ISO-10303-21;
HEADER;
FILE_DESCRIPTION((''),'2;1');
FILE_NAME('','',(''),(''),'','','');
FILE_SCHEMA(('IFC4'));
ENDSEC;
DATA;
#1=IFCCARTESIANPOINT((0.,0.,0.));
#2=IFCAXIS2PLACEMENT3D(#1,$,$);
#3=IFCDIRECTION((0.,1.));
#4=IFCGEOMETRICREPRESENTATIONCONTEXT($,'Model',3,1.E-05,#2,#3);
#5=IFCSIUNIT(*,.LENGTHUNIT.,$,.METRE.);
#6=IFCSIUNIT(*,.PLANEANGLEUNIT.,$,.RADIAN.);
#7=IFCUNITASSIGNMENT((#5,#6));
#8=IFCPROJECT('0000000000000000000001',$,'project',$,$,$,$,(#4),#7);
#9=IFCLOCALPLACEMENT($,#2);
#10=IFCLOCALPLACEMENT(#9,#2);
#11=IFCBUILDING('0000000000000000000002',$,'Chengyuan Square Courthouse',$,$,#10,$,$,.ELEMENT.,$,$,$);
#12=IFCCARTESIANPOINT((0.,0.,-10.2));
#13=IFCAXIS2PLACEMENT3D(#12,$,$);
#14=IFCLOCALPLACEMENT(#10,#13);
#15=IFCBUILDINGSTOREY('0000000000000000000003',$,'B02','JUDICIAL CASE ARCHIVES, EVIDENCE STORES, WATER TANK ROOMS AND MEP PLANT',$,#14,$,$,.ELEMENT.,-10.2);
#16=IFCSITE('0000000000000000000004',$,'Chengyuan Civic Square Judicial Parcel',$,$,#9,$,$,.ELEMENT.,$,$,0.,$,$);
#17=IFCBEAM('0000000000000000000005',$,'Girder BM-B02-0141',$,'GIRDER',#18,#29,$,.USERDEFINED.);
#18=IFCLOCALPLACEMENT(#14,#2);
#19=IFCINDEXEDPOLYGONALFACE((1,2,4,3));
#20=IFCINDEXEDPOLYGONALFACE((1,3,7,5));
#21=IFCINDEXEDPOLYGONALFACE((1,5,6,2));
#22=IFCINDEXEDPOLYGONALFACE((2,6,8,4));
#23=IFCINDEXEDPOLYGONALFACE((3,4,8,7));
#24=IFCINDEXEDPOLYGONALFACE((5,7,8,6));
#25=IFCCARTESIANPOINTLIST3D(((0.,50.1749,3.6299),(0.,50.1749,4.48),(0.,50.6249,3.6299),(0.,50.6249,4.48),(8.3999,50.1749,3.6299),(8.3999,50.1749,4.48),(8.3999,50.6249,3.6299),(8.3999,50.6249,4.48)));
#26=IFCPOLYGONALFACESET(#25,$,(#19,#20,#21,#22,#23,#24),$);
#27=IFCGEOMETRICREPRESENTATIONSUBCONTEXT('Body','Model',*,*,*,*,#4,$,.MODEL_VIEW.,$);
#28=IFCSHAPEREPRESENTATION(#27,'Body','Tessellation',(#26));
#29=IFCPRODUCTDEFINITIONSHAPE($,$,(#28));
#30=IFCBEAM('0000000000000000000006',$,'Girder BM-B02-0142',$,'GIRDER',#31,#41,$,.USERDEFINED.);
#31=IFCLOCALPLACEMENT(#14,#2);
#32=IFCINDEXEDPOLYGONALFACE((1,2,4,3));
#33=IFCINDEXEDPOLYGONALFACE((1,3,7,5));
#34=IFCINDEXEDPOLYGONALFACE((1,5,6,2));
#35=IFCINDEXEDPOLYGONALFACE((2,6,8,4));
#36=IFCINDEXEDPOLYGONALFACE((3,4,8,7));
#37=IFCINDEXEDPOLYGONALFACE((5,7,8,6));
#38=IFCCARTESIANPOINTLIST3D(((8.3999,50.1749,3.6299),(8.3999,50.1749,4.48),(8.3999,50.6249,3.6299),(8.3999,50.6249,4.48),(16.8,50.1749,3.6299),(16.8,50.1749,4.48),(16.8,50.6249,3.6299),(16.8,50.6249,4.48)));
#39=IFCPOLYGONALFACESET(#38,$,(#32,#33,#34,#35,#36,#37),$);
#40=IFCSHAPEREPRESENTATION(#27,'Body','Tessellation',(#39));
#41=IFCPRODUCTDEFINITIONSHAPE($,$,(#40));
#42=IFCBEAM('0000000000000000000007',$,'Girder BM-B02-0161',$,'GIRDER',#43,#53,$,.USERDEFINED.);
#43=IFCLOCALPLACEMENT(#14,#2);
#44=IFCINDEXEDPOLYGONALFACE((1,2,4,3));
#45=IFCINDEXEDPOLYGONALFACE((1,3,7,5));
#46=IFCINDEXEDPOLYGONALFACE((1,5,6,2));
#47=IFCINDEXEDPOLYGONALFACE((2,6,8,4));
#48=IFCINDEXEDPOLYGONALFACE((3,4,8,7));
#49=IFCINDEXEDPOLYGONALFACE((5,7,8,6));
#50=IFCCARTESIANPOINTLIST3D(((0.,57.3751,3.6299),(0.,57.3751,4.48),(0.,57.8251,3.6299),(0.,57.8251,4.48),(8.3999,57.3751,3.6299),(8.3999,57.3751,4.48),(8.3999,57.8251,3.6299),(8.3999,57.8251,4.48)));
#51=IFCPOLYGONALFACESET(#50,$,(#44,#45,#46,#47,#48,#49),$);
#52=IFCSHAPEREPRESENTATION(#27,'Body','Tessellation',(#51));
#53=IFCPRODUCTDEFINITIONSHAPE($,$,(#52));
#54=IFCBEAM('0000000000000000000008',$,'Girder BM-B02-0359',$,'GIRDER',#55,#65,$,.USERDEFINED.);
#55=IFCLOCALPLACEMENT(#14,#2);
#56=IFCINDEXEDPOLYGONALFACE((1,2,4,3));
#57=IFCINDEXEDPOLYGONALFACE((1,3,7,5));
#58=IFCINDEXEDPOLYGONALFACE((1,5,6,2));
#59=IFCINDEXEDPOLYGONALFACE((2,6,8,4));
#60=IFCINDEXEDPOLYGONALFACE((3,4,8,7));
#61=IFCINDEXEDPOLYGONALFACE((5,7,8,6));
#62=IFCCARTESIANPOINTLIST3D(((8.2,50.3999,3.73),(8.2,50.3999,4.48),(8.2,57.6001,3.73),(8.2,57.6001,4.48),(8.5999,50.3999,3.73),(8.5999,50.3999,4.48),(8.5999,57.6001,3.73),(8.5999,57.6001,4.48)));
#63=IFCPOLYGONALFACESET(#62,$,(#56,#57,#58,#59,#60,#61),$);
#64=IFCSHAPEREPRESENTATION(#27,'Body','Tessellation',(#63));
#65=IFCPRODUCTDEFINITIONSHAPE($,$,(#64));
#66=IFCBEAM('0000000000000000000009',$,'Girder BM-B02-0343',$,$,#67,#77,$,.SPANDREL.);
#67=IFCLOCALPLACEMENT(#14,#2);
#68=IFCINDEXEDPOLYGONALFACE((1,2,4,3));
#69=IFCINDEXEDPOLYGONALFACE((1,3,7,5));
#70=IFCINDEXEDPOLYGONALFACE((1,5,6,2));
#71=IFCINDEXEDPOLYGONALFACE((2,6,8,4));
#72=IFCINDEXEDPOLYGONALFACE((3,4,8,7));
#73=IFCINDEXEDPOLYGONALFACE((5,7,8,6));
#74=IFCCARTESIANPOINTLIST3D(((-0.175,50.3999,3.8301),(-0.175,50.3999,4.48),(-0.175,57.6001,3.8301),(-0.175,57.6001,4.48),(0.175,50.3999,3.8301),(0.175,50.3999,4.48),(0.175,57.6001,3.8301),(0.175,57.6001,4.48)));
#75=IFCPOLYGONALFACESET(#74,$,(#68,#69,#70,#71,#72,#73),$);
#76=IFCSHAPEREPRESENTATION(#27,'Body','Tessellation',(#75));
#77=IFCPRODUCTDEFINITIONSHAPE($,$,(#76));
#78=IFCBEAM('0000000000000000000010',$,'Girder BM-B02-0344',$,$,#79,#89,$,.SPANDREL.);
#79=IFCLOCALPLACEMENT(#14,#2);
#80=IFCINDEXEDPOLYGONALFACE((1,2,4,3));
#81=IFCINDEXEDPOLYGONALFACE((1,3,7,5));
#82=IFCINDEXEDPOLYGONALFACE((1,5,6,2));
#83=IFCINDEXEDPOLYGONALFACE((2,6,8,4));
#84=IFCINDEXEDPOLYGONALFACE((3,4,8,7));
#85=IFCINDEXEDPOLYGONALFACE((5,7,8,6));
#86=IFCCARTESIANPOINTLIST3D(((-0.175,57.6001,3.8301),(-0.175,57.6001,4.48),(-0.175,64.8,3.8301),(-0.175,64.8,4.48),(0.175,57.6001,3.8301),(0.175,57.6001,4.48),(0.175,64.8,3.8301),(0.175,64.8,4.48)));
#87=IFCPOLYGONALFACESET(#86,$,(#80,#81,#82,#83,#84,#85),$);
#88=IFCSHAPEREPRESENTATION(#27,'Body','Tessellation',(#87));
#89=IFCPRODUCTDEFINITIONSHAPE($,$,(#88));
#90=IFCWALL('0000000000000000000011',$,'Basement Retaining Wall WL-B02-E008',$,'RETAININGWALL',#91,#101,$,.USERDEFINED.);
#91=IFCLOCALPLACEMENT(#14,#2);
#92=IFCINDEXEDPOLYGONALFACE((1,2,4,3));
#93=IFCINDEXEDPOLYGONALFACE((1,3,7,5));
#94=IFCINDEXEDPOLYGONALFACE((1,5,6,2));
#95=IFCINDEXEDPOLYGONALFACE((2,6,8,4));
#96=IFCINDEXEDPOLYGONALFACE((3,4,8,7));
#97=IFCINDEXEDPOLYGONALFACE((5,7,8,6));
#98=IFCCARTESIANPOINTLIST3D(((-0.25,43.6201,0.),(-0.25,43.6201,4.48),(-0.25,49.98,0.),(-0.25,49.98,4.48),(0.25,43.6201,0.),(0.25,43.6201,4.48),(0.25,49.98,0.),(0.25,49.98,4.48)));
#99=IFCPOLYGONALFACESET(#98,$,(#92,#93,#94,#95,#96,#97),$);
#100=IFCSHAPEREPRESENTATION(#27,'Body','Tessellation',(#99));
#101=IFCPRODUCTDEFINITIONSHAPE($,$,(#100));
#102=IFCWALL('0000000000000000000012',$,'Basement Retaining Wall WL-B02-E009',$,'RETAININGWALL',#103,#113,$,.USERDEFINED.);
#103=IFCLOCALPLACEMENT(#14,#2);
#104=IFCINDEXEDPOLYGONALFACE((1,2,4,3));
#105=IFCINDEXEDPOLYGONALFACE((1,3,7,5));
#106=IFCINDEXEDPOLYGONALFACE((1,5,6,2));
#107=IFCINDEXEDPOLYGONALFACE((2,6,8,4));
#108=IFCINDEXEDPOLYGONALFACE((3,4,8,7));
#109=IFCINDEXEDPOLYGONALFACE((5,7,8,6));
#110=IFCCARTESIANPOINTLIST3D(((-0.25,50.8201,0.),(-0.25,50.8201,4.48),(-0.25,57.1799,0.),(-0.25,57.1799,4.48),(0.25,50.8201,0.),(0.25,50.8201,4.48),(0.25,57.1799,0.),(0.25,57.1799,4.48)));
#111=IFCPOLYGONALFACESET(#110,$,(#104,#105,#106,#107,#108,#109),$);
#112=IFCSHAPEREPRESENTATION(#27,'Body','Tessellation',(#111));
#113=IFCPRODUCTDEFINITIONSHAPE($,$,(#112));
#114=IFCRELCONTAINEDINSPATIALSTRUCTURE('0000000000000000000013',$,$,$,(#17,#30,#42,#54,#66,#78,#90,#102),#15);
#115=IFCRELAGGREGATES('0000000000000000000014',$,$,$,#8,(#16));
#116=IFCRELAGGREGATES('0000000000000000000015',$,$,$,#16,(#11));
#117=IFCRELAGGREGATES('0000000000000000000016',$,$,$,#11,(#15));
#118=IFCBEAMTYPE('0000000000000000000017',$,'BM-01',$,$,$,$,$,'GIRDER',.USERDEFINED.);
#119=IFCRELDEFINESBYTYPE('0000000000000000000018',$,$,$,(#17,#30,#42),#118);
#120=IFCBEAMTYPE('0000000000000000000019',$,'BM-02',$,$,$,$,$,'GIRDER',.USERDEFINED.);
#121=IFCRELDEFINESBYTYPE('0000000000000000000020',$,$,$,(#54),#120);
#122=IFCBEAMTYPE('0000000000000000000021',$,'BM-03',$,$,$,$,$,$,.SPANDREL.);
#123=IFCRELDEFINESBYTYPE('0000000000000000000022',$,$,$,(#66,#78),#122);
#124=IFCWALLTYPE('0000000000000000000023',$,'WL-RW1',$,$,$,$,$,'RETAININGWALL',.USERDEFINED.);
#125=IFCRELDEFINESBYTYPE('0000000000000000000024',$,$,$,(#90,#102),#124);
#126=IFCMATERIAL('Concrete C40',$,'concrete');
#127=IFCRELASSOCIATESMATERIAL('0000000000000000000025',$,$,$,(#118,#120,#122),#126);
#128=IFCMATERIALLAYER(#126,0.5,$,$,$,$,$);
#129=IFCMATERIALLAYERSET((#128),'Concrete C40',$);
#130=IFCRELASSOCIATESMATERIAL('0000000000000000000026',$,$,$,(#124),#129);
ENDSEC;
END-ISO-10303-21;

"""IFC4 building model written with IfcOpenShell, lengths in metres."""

from ifc_helpers import new_model, si_unit, direction, frame, frame_2d, origin, origin_2d, place, context, subcontext, project, spatial, rectangle, extrude, material, layer, layer_set, material_profile, profile_set, type_object, element, save


model = new_model("IFC4")

# Units and contexts
model_context = context("Model", 3, precision=1e-05, world=origin(), true_north=direction((0.0, 1.0)))
body_context = subcontext(model_context, "Body", "Model", "MODEL_VIEW")
ifc_project = project(units=[si_unit("LENGTHUNIT", "METRE"), si_unit("PLANEANGLEUNIT", "RADIAN")], contexts=[model_context])

# Site, building, storey
site_placement = place(None, origin())
site = spatial("IfcSite", under=ifc_project, at=site_placement, Name="Chengyuan Civic Square Judicial Parcel", CompositionType="ELEMENT", RefElevation=0.0)
building_placement = place(site_placement, origin())
building = spatial("IfcBuilding", under=site, at=building_placement, Name="Chengyuan Square Courthouse", CompositionType="ELEMENT")
storey_placement = place(building_placement, frame((0.0, 0.0, -10.2)))
storey = spatial("IfcBuildingStorey", under=building, at=storey_placement, Name="B02", Description="JUDICIAL CASE ARCHIVES, EVIDENCE STORES, WATER TANK ROOMS AND MEP PLANT", CompositionType="ELEMENT", Elevation=-10.2)

# Shared definitions
ifc_material_1 = material(Name="Concrete C40", Category="concrete")

# Beams
ifc_material_profile_1 = material_profile(ifc_material_1, rectangle(XDim=0.45, YDim=0.8501, at=origin_2d()), Name="RC-BM-450x850")
ifc_profile_set_1 = profile_set([ifc_material_profile_1], Name="Concrete C40")
beam_type_1 = type_object("IfcBeamType", Name="BM-01", ElementType="GIRDER", PredefinedType="USERDEFINED", material=ifc_profile_set_1)
beam_1_placement = place(storey_placement, frame((0.0, 50.3999, 4.0549), z_axis=(1.0, 0.0, 0.0), x_axis=(0.0, 1.0, 0.0)))
element("IfcBeam", 1, at=beam_1_placement, inside=storey, type_object=beam_type_1, Name="Girder BM-B02-0141", ObjectType="GIRDER", PredefinedType="USERDEFINED", context=body_context, shape_type="SweptSolid", body=[
    extrude(rectangle(XDim=0.45, YDim=0.8501, at=origin_2d()), origin(), (0.0, 0.0, 1.0), 8.3999),
])
beam_2_placement = place(storey_placement, frame((8.3999, 50.3999, 4.0549), z_axis=(1.0, 0.0, 0.0), x_axis=(0.0, 1.0, 0.0)))
element("IfcBeam", 2, at=beam_2_placement, inside=storey, type_object=beam_type_1, Name="Girder BM-B02-0142", ObjectType="GIRDER", PredefinedType="USERDEFINED", context=body_context, shape_type="SweptSolid", body=[
    extrude(rectangle(XDim=0.45, YDim=0.8501, at=origin_2d()), origin(), (0.0, 0.0, 1.0), 8.4001),
])
beam_3_placement = place(storey_placement, frame((0.0, 57.6001, 4.0549), z_axis=(1.0, 0.0, 0.0), x_axis=(0.0, 1.0, 0.0)))
element("IfcBeam", 3, at=beam_3_placement, inside=storey, type_object=beam_type_1, Name="Girder BM-B02-0161", ObjectType="GIRDER", PredefinedType="USERDEFINED", context=body_context, shape_type="SweptSolid", body=[
    extrude(rectangle(XDim=0.45, YDim=0.8501, at=origin_2d()), origin(), (0.0, 0.0, 1.0), 8.3999),
])
ifc_material_profile_2 = material_profile(ifc_material_1, rectangle(XDim=0.3999, YDim=0.75, at=origin_2d()), Name="RC-BM-400x750")
ifc_profile_set_2 = profile_set([ifc_material_profile_2], Name="Concrete C40")
beam_type_2 = type_object("IfcBeamType", Name="BM-02", ElementType="GIRDER", PredefinedType="USERDEFINED", material=ifc_profile_set_2)
beam_4_placement = place(storey_placement, frame((8.3999, 50.3999, 4.105), z_axis=(0.0, 1.0, 0.0), x_axis=(-1.0, 0.0, 0.0)))
element("IfcBeam", 4, at=beam_4_placement, inside=storey, type_object=beam_type_2, Name="Girder BM-B02-0359", ObjectType="GIRDER", PredefinedType="USERDEFINED", context=body_context, shape_type="SweptSolid", body=[
    extrude(rectangle(XDim=0.3999, YDim=0.75, at=origin_2d()), origin(), (0.0, 0.0, 1.0), 7.2002),
])
ifc_material_profile_3 = material_profile(ifc_material_1, rectangle(XDim=0.3501, YDim=0.6499, at=origin_2d()), Name="RC-BM-350x650")
ifc_profile_set_3 = profile_set([ifc_material_profile_3], Name="Concrete C40")
beam_type_3 = type_object("IfcBeamType", Name="BM-03", PredefinedType="SPANDREL", material=ifc_profile_set_3)
beam_5_placement = place(storey_placement, frame((0.0, 50.3999, 4.155), z_axis=(0.0, 1.0, 0.0), x_axis=(-1.0, 0.0, 0.0)))
element("IfcBeam", 5, at=beam_5_placement, inside=storey, type_object=beam_type_3, Name="Girder BM-B02-0343", PredefinedType="SPANDREL", context=body_context, shape_type="SweptSolid", body=[
    extrude(rectangle(XDim=0.3501, YDim=0.6499, at=origin_2d()), origin(), (0.0, 0.0, 1.0), 7.2002),
])
beam_6_placement = place(storey_placement, frame((0.0, 57.6001, 4.155), z_axis=(0.0, 1.0, 0.0), x_axis=(-1.0, 0.0, 0.0)))
element("IfcBeam", 6, at=beam_6_placement, inside=storey, type_object=beam_type_3, Name="Girder BM-B02-0344", PredefinedType="SPANDREL", context=body_context, shape_type="SweptSolid", body=[
    extrude(rectangle(XDim=0.3501, YDim=0.6499, at=origin_2d()), origin(), (0.0, 0.0, 1.0), 7.2),
])

# Walls
ifc_layer = layer(ifc_material_1, 0.5)
ifc_layer_set = layer_set([ifc_layer], Name="Concrete C40")
wall_type = type_object("IfcWallType", Name="WL-RW1", ElementType="RETAININGWALL", PredefinedType="USERDEFINED", material=ifc_layer_set)
for number, where, z_axis, x_axis, name in (
    (7, (0.0, 43.6201, 0.0), (0.0, 0.0, 1.0), (0.0, 1.0, 0.0), "Basement Retaining Wall WL-B02-E008"),
    (8, (0.0, 50.8201, 0.0), (0.0, 0.0, 1.0), (0.0, 1.0, 0.0), "Basement Retaining Wall WL-B02-E009"),
):
    element("IfcWall", number, at=place(storey_placement, frame(where, z_axis=z_axis, x_axis=x_axis)), inside=storey, type_object=wall_type, Name=name, ObjectType="RETAININGWALL", PredefinedType="USERDEFINED", context=body_context, shape_type="SweptSolid", body=[
        extrude(rectangle(XDim=6.3599, YDim=0.5, at=frame_2d((3.1799, 0.0))), origin(), (0.0, 0.0, 1.0), 4.48),
    ])

save(model, "model.ifc")
